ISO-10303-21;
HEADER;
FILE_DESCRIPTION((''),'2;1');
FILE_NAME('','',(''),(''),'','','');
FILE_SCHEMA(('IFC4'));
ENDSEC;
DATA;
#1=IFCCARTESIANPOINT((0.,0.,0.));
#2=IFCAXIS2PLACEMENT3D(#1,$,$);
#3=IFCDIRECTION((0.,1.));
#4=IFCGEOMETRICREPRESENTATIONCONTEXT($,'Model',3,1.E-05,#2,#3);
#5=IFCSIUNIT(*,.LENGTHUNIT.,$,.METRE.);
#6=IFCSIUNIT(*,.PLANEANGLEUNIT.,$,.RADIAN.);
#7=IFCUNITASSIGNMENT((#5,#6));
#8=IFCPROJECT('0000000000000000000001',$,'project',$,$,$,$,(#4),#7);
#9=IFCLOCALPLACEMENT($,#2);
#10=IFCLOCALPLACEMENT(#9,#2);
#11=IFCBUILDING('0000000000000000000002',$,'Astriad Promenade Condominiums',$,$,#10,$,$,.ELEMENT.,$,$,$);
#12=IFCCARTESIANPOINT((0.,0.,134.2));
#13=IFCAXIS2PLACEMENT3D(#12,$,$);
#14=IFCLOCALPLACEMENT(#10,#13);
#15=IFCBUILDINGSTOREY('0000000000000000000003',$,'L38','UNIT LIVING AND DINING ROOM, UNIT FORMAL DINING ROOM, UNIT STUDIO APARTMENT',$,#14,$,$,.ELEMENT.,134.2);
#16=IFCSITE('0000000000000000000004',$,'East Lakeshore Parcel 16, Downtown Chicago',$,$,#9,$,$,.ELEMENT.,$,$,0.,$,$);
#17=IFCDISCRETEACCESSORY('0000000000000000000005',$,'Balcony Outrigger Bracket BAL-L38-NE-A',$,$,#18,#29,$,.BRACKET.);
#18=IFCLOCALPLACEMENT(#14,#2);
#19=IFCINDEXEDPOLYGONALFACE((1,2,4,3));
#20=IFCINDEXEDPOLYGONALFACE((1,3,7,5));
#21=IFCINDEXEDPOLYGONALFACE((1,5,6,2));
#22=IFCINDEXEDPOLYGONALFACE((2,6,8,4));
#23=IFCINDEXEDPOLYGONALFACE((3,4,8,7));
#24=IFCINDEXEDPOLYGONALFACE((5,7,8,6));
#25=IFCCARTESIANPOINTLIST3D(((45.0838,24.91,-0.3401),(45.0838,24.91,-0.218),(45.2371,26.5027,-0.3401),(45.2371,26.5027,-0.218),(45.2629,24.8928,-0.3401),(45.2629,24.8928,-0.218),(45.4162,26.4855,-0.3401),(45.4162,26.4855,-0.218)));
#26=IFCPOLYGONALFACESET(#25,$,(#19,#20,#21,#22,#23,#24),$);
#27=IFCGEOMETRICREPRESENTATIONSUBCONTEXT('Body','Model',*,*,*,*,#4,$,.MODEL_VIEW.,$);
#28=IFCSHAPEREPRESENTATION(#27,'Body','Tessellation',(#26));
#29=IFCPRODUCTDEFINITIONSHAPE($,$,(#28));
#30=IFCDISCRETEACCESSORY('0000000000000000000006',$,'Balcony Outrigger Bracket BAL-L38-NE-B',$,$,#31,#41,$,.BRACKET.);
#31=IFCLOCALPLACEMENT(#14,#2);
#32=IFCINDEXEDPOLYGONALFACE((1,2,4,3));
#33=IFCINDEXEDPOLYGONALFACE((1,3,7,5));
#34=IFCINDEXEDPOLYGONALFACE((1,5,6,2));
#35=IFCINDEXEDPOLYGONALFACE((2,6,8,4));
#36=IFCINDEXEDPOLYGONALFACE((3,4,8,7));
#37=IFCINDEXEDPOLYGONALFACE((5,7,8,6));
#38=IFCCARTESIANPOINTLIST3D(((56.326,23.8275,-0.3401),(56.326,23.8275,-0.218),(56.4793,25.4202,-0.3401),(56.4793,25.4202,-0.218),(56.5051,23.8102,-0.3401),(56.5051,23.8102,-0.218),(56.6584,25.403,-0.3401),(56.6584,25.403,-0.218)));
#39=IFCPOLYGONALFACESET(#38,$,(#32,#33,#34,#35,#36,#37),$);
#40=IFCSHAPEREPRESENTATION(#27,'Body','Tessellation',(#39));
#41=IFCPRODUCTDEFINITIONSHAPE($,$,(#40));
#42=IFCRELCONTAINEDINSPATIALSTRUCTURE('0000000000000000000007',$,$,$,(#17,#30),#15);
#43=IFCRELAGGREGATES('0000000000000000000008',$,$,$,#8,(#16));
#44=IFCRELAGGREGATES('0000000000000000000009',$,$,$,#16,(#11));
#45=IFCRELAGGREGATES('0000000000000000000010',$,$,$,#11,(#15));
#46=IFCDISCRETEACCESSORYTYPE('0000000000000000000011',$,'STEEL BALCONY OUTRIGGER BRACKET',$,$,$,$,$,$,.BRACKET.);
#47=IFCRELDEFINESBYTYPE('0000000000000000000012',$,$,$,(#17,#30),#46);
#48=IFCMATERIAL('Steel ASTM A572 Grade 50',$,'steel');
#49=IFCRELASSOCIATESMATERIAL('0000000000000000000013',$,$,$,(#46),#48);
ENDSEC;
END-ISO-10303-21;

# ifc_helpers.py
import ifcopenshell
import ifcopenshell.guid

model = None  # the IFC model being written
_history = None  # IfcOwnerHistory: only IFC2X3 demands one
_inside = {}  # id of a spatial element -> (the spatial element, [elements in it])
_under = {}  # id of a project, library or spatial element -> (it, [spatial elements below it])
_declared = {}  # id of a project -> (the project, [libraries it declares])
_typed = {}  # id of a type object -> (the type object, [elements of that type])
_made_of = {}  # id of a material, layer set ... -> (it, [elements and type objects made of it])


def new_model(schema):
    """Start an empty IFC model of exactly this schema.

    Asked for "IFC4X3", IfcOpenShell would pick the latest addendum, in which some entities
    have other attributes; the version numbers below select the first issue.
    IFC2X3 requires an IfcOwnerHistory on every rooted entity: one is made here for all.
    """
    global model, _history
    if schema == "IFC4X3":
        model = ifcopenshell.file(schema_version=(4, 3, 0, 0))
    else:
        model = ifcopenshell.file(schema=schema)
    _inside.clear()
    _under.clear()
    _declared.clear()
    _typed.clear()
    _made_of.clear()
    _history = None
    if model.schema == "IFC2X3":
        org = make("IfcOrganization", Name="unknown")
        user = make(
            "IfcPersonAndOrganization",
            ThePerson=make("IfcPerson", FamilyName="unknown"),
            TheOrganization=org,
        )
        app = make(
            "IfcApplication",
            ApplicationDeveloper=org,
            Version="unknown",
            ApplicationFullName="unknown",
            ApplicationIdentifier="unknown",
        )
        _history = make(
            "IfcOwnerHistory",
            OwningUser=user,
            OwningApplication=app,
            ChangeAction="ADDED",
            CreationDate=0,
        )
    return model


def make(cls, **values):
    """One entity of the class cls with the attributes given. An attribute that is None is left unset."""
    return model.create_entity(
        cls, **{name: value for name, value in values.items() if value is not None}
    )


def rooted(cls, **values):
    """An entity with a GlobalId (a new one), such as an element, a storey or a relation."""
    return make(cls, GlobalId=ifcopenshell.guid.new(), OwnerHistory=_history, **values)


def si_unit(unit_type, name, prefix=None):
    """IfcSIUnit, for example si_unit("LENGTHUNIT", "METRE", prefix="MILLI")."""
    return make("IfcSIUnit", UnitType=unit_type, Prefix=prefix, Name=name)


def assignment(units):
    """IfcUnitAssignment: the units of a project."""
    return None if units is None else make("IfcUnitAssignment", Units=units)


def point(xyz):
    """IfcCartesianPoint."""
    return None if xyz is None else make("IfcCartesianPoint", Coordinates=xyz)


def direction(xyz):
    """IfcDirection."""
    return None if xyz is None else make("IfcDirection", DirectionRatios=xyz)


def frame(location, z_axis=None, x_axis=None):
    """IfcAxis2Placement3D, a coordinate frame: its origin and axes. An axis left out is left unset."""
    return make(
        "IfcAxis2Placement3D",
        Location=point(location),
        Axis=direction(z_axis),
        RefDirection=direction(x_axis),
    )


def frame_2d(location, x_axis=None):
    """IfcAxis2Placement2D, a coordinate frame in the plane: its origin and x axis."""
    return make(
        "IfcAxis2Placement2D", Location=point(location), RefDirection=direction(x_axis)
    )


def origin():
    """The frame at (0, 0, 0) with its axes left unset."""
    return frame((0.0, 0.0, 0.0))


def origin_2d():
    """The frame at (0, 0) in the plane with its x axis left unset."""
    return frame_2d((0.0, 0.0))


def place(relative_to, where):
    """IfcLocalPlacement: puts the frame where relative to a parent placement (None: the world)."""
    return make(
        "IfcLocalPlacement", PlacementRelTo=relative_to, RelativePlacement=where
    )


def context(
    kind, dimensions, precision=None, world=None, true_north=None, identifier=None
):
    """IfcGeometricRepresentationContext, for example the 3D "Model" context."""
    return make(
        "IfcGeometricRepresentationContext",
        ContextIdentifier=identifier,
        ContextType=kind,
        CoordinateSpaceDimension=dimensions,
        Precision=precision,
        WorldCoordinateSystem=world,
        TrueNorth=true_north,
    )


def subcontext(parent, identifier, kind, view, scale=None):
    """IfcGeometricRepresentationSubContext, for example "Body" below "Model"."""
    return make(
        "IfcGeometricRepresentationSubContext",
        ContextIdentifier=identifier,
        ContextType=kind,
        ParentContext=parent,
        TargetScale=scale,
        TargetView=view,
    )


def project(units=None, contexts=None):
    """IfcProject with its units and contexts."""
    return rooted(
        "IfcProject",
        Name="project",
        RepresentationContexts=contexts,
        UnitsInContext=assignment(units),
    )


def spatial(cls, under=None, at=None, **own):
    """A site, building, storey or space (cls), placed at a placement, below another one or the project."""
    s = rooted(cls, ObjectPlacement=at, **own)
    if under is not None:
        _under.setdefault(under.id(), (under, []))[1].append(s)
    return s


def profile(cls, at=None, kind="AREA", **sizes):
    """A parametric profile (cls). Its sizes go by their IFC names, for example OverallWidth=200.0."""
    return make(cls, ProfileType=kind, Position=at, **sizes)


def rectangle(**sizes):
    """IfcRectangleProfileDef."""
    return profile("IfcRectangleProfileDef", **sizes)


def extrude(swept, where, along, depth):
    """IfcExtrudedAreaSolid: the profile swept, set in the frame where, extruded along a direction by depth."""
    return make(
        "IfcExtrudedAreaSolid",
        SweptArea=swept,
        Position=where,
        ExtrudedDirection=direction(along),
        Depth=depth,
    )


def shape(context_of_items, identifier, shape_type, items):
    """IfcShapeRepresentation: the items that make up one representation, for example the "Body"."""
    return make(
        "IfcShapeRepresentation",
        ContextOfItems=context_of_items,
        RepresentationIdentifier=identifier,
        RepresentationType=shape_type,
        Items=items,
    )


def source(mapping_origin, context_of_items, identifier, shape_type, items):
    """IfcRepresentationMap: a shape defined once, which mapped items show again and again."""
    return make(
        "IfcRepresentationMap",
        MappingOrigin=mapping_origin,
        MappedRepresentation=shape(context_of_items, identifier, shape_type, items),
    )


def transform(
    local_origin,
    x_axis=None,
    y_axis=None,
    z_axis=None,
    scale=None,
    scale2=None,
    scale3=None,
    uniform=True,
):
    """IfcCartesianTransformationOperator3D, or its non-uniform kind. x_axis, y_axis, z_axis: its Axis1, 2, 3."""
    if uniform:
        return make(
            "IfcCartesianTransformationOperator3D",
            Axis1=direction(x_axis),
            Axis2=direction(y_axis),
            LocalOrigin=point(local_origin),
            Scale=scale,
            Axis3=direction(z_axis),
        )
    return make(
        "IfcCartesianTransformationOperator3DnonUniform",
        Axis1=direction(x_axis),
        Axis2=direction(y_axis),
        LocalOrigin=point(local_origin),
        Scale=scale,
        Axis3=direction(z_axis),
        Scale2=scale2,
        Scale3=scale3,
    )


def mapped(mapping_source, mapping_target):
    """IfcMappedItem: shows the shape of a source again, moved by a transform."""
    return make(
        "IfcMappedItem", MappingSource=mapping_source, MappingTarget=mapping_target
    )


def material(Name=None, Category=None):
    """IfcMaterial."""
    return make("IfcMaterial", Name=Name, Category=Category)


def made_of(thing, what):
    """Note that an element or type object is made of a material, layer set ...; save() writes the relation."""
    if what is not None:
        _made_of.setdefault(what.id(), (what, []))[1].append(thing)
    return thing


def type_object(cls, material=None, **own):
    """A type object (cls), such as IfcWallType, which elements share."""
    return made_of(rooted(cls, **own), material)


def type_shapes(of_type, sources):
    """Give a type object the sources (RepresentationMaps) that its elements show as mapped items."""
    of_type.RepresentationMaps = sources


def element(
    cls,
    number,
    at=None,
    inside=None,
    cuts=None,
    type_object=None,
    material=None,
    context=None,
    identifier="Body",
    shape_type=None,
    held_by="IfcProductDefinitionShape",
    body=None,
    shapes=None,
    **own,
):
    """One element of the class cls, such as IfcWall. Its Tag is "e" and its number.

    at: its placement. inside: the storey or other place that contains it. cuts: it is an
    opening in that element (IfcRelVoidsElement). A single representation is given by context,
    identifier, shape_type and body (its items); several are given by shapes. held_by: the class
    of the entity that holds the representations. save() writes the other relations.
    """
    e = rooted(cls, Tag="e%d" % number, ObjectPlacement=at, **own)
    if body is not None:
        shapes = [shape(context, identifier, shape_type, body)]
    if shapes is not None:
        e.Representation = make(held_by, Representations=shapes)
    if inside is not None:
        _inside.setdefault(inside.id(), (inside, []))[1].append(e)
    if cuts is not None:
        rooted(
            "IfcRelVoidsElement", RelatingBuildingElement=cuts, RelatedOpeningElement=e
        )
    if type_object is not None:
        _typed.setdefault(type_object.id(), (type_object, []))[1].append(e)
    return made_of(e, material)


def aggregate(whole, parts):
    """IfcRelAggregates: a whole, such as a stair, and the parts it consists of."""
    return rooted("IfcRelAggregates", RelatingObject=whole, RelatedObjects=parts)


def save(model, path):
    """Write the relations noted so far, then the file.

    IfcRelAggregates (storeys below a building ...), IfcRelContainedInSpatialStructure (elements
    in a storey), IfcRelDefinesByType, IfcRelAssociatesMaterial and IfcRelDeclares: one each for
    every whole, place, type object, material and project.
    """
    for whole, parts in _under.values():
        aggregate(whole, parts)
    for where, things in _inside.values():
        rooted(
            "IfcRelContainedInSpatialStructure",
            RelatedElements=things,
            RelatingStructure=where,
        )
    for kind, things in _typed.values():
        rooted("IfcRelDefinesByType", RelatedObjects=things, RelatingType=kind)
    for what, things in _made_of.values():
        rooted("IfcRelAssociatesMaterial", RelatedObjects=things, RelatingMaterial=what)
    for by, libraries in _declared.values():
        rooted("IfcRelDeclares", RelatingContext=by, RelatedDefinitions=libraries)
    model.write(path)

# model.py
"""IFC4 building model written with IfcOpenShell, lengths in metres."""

from ifc_helpers import new_model, si_unit, direction, frame, origin, origin_2d, place, context, subcontext, project, spatial, rectangle, extrude, source, transform, mapped, material, type_object, type_shapes, element, save


model = new_model("IFC4")

# Units and contexts
model_context = context("Model", 3, precision=1e-05, world=origin(), true_north=direction((0.0, 1.0)))
body_context = subcontext(model_context, "Body", "Model", "MODEL_VIEW")
ifc_project = project(units=[si_unit("LENGTHUNIT", "METRE"), si_unit("PLANEANGLEUNIT", "RADIAN")], contexts=[model_context])

# Site, building, storey
site_placement = place(None, origin())
site = spatial("IfcSite", under=ifc_project, at=site_placement, Name="East Lakeshore Parcel 16, Downtown Chicago", CompositionType="ELEMENT", RefElevation=0.0)
building_placement = place(site_placement, origin())
building = spatial("IfcBuilding", under=site, at=building_placement, Name="Astriad Promenade Condominiums", CompositionType="ELEMENT")
storey_placement = place(building_placement, frame((0.0, 0.0, 134.2)))
storey = spatial("IfcBuildingStorey", under=building, at=storey_placement, Name="L38", Description="UNIT LIVING AND DINING ROOM, UNIT FORMAL DINING ROOM, UNIT STUDIO APARTMENT", CompositionType="ELEMENT", Elevation=134.2)

# Discrete accessories
ifc_material_1 = material(Name="Steel ASTM A572 Grade 50", Category="steel")
discrete_accessory_type = type_object("IfcDiscreteAccessoryType", Name="STEEL BALCONY OUTRIGGER BRACKET", PredefinedType="BRACKET", material=ifc_material_1)
shared_shape_1 = source(origin(), body_context, "Body", "SweptSolid", [
    extrude(rectangle(XDim=1.6001, YDim=0.1799, at=origin_2d()), origin(), (0.0, 0.0, 1.0), 0.1221),
])
type_shapes(discrete_accessory_type, [shared_shape_1])
for number, where, z_axis, x_axis, name in (
    (1, (45.25, 25.6978, -0.3401), (0.0, 0.0, 1.0), (0.095846, 0.995396, 0.0), "Balcony Outrigger Bracket BAL-L38-NE-A"),
    (2, (56.4922, 24.6152, -0.3401), (0.0, 0.0, 1.0), (0.095846, 0.995396, 0.0), "Balcony Outrigger Bracket BAL-L38-NE-B"),
):
    element("IfcDiscreteAccessory", number, at=place(storey_placement, frame(where, z_axis=z_axis, x_axis=x_axis)), inside=storey, type_object=discrete_accessory_type, Name=name, PredefinedType="BRACKET", context=body_context, shape_type="MappedRepresentation", body=[
        mapped(shared_shape_1, transform((0.0, 0.0, 0.0), scale=1.0)),
    ])

save(model, "model.ifc")
